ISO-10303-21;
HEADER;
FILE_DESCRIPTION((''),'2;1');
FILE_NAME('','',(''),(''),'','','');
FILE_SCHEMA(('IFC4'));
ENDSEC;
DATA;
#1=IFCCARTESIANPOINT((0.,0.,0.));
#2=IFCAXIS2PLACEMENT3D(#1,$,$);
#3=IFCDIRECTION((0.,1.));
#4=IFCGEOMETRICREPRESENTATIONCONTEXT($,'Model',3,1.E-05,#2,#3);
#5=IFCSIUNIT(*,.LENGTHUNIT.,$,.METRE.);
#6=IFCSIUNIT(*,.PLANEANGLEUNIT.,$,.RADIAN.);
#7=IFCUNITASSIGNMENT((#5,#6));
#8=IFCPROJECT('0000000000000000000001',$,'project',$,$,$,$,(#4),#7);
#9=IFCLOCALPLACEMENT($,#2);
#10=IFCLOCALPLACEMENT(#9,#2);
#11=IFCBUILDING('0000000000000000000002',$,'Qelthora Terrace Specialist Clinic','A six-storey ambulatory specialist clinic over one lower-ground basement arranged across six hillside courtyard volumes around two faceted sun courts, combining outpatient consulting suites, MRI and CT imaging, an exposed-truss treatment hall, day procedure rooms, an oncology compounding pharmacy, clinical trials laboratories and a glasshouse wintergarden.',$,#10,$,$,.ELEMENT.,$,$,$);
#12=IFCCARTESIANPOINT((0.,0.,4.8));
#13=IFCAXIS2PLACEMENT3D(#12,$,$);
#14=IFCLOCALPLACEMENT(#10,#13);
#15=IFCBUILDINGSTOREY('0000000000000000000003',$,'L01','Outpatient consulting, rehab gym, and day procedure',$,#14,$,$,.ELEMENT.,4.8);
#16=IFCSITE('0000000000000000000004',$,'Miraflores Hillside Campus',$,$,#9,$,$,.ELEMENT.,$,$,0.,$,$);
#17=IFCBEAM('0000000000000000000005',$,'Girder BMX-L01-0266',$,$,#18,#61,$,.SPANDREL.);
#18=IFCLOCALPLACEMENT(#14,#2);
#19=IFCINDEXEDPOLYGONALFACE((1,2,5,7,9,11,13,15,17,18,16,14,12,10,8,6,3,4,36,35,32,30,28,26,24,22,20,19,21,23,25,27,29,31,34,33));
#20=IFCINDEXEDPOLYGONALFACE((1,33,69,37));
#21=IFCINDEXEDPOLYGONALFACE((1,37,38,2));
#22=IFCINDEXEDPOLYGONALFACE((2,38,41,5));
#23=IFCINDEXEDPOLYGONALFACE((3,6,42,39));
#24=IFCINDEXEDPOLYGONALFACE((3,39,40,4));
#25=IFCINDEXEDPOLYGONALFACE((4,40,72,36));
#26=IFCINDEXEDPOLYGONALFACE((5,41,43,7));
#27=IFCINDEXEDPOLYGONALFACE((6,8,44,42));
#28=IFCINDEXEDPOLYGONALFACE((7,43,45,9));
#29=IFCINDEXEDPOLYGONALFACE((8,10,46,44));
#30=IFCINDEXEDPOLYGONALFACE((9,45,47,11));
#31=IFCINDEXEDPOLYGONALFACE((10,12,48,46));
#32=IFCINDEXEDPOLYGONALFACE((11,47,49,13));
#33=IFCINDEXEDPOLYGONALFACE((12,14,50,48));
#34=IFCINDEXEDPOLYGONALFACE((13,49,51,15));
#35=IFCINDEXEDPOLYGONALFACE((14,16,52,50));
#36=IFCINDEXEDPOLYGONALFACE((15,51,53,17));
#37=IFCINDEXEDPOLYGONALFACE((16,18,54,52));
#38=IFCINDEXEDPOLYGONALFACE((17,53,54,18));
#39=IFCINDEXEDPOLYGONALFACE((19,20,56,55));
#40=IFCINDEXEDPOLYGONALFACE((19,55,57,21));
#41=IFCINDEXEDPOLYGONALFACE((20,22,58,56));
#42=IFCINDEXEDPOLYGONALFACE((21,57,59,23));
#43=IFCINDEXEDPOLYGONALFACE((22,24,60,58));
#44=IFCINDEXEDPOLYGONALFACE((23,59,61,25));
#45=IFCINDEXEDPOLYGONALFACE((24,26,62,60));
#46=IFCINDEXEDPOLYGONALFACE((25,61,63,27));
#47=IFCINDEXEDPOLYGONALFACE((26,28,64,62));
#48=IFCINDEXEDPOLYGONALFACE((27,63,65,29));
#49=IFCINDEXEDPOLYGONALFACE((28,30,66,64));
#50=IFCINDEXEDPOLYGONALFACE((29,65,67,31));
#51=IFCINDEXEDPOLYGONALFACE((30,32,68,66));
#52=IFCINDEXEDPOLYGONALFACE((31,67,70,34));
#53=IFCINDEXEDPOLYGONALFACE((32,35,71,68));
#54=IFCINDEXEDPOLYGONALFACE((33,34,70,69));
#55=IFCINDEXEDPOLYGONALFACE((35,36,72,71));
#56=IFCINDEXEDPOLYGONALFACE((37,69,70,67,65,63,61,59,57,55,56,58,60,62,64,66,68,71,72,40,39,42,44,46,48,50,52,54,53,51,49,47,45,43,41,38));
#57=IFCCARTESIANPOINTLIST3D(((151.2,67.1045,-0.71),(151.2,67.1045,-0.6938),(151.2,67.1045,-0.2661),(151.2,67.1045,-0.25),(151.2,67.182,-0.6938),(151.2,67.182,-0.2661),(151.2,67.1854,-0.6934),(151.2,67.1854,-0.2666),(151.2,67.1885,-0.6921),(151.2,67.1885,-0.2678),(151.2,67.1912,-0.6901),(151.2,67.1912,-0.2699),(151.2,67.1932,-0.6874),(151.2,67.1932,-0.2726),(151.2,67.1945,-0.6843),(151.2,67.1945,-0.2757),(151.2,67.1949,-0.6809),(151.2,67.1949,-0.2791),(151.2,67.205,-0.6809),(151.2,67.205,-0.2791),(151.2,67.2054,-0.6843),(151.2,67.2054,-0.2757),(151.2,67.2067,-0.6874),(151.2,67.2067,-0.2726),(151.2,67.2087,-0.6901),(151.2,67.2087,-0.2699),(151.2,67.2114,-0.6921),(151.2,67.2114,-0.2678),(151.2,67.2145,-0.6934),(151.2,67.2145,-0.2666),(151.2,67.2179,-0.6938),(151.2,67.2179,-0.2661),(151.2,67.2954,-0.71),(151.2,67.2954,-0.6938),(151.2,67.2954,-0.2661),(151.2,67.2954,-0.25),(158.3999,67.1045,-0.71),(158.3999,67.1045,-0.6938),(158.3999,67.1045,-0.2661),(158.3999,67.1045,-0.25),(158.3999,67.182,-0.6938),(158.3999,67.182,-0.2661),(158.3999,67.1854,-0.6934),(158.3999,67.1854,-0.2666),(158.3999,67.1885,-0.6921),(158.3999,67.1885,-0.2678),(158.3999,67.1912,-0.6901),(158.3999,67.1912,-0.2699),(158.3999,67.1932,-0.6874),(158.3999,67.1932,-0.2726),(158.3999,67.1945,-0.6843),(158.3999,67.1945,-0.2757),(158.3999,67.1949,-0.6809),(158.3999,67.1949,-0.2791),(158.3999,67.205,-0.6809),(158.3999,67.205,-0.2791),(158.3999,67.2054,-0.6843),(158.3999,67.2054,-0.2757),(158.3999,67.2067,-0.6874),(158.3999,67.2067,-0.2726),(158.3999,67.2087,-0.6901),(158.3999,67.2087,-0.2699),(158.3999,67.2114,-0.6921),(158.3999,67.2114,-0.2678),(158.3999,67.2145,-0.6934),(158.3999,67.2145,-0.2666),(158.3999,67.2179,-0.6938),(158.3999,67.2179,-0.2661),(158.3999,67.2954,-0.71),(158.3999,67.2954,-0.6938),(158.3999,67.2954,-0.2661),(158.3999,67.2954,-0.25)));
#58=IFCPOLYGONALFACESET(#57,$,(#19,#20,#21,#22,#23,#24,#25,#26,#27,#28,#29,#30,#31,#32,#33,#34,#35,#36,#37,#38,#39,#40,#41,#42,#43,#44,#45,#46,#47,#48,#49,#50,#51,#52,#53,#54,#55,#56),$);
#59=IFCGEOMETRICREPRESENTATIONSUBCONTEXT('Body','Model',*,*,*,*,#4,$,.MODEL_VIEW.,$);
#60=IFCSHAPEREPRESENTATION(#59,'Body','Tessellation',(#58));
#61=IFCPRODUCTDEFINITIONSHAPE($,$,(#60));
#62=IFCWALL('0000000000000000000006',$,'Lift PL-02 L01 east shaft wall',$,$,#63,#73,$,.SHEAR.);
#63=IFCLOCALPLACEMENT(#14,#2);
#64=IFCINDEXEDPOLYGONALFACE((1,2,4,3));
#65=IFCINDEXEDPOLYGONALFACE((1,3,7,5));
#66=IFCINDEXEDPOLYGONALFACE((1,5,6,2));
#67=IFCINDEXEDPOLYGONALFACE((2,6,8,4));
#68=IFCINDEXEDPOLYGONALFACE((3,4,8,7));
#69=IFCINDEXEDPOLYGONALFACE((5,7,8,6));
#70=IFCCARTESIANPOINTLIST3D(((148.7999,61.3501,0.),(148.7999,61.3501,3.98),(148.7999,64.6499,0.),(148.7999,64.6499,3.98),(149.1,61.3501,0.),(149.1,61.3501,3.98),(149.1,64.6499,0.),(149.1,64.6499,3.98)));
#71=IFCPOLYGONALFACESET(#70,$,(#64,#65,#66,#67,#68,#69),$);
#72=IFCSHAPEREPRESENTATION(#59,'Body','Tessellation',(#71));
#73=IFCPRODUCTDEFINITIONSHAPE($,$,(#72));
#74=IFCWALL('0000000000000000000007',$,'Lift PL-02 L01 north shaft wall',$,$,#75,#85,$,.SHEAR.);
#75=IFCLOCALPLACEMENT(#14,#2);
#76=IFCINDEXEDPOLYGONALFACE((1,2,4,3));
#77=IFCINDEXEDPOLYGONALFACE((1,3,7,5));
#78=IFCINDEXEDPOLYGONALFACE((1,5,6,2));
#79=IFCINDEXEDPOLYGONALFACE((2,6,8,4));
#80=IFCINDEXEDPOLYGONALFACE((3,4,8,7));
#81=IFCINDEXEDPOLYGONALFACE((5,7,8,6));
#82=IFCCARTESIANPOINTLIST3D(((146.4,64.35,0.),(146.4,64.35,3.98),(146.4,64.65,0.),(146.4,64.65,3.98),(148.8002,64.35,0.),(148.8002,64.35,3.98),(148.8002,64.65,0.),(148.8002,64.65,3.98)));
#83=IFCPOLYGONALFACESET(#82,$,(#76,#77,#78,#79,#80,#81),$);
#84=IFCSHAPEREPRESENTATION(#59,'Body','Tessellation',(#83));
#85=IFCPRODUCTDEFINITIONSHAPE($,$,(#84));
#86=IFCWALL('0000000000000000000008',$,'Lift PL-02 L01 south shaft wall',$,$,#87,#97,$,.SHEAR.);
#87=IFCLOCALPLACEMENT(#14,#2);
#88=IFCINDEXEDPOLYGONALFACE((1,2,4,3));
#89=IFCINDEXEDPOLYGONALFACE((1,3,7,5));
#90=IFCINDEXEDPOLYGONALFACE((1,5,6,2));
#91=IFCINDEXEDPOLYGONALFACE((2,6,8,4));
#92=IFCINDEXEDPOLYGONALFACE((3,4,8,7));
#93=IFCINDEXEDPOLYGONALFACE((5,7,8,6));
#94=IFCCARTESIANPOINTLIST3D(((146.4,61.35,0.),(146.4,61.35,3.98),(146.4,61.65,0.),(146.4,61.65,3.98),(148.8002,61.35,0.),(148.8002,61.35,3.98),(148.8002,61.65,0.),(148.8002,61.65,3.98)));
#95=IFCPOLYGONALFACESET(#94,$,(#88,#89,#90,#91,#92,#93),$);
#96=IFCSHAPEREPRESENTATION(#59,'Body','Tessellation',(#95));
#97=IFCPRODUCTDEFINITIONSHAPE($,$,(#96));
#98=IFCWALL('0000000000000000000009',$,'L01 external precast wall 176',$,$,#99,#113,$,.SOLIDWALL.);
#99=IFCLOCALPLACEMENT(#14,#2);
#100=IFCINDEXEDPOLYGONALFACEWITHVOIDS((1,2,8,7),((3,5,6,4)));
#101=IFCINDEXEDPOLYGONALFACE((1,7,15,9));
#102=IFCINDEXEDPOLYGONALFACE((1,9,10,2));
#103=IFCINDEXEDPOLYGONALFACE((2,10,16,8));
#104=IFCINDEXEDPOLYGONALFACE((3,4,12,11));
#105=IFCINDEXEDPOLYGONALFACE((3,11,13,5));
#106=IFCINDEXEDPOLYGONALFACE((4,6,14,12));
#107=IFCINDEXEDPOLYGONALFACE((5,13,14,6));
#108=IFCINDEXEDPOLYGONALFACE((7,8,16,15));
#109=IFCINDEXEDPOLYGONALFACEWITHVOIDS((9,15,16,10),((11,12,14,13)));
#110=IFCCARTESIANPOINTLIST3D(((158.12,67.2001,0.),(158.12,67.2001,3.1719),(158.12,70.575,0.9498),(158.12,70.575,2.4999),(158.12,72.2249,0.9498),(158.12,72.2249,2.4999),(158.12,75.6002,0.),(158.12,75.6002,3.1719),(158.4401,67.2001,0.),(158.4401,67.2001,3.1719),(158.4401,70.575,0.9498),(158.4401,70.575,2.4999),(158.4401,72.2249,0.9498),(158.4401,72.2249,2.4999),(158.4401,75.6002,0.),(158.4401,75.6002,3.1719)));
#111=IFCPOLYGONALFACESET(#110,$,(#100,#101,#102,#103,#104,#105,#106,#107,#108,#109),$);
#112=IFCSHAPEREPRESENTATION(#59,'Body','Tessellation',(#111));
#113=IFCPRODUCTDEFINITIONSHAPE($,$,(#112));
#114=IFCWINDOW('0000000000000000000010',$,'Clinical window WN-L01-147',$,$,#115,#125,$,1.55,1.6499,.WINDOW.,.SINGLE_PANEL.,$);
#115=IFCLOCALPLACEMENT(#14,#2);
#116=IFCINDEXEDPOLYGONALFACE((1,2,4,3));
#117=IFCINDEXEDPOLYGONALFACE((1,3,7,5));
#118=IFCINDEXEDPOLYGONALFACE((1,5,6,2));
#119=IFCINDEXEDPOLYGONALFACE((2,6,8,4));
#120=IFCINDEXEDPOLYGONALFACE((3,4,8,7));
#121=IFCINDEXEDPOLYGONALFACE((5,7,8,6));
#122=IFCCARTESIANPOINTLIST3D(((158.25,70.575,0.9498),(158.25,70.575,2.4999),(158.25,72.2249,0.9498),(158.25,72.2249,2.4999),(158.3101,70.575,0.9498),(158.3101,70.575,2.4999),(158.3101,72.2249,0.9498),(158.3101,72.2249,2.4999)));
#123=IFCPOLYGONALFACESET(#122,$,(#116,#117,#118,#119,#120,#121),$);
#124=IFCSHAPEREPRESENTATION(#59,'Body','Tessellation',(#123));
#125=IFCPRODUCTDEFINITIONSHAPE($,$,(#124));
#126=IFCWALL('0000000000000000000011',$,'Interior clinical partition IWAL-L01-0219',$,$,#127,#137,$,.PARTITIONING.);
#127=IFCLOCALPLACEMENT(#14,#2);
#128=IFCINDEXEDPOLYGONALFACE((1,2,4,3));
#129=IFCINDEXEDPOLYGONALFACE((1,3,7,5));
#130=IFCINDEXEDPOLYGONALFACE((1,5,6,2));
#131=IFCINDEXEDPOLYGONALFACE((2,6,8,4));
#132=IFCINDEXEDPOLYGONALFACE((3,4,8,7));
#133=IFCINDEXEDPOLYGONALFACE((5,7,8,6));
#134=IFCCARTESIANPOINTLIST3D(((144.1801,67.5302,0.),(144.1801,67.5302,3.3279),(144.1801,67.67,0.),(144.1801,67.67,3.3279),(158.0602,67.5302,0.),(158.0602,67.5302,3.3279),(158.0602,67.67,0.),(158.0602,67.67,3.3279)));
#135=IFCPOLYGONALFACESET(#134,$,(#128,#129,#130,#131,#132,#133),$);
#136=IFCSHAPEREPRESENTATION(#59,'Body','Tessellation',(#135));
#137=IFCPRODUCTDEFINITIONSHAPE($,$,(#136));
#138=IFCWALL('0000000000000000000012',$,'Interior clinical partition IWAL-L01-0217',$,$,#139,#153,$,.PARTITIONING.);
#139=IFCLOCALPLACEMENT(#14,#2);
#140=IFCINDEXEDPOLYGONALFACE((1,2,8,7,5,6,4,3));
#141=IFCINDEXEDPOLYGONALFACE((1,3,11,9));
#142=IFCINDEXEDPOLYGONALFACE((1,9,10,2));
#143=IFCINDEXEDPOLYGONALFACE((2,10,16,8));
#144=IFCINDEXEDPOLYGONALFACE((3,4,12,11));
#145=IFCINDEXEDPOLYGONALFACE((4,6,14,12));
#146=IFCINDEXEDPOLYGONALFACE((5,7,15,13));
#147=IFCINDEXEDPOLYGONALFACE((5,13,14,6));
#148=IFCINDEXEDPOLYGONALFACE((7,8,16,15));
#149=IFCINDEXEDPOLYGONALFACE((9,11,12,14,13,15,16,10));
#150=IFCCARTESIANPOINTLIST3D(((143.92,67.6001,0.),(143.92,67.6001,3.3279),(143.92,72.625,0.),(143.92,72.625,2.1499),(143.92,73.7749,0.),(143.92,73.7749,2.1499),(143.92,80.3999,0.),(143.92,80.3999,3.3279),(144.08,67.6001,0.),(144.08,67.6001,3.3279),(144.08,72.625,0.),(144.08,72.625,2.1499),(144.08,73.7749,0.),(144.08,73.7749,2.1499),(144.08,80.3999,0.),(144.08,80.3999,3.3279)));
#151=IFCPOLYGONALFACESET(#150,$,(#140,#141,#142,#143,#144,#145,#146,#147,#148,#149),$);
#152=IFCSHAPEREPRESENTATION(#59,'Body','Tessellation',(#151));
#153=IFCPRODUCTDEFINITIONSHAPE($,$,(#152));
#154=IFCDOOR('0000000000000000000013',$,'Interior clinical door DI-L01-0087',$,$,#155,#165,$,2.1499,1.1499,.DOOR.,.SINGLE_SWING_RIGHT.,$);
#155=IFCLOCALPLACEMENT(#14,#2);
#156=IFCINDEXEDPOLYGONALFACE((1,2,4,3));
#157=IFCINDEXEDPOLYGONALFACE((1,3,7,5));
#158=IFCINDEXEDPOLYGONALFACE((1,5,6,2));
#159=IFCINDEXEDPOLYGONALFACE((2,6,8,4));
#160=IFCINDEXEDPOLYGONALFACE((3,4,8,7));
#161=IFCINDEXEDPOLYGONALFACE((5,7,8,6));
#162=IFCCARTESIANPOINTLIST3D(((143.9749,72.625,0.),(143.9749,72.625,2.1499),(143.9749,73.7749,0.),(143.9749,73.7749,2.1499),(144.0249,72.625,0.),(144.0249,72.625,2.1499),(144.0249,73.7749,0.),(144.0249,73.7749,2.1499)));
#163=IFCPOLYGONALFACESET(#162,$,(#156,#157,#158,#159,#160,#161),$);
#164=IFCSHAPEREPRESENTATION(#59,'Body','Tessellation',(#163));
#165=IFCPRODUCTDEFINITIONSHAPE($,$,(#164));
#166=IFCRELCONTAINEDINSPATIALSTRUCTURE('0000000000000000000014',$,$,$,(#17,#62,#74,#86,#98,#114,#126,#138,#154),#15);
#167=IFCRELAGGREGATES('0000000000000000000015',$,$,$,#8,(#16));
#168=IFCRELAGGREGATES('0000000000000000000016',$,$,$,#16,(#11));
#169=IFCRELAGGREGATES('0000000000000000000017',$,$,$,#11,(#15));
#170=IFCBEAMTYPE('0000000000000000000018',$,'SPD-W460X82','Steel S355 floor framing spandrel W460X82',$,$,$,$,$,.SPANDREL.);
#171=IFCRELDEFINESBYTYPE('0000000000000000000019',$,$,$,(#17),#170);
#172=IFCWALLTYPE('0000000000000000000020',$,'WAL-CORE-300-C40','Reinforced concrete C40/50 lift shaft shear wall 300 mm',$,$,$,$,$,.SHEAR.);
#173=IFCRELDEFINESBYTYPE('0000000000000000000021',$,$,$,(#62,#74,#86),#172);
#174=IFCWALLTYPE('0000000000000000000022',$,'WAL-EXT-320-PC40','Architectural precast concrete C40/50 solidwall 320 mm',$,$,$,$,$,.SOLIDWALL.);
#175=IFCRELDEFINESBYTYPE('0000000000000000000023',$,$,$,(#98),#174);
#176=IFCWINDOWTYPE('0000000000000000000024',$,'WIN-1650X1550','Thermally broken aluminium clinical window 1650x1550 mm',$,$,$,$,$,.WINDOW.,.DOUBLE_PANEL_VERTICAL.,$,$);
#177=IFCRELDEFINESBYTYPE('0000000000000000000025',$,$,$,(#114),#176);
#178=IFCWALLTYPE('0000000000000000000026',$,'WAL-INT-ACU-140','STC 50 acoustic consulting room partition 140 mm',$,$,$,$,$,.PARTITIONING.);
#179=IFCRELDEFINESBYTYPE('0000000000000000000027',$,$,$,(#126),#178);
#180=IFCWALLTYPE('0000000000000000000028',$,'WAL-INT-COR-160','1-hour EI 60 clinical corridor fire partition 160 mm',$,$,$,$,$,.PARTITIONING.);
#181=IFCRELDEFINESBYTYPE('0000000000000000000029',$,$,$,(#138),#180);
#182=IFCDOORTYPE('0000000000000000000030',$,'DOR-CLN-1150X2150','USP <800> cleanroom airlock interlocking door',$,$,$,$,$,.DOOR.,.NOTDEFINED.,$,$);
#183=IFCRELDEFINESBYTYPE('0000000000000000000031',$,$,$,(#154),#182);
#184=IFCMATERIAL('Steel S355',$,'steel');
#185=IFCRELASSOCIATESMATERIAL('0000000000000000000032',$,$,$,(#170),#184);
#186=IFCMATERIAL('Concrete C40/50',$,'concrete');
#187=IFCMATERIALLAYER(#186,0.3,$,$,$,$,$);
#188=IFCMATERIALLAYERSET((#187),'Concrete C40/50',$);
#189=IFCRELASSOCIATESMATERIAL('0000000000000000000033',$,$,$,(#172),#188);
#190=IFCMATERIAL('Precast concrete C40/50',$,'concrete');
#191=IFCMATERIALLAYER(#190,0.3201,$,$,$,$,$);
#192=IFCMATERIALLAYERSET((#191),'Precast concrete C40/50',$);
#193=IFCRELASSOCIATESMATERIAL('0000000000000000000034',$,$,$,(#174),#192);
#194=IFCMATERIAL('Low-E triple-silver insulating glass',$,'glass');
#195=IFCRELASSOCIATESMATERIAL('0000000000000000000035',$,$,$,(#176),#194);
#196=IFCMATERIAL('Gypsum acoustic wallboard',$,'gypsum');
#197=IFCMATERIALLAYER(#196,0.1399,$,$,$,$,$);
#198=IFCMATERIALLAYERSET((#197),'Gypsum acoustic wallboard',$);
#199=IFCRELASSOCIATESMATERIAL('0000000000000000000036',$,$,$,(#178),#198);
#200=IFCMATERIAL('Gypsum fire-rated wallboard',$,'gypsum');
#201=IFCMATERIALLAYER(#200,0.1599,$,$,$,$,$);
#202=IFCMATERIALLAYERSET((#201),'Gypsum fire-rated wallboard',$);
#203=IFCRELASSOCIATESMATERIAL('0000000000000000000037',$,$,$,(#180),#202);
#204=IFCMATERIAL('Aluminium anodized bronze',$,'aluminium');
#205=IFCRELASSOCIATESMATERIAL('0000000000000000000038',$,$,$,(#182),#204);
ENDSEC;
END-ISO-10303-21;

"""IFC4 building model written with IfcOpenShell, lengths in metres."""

from ifc_helpers import new_model, si_unit, direction, frame, frame_2d, origin, origin_2d, place, context, subcontext, project, spatial, rectangle, i_section, extrude, material, layer, layer_set, material_profile, profile_set, type_object, element, fill, save


model = new_model("IFC4")

# Units and contexts
model_context = context("Model", 3, precision=1e-05, world=origin(), true_north=direction((0.0, 1.0)))
body_context = subcontext(model_context, "Body", "Model", "MODEL_VIEW")
ifc_project = project(units=[si_unit("LENGTHUNIT", "METRE"), si_unit("PLANEANGLEUNIT", "RADIAN")], contexts=[model_context])

# Site, building, storey
site_placement = place(None, origin())
site = spatial("IfcSite", under=ifc_project, at=site_placement, Name="Miraflores Hillside Campus", CompositionType="ELEMENT", RefElevation=0.0)
building_placement = place(site_placement, origin())
building = spatial("IfcBuilding", under=site, at=building_placement, Name="Qelthora Terrace Specialist Clinic", Description="A six-storey ambulatory specialist clinic over one lower-ground basement arranged across six hillside courtyard volumes around two faceted sun courts, combining outpatient consulting suites, MRI and CT imaging, an exposed-truss treatment hall, day procedure rooms, an oncology compounding pharmacy, clinical trials laboratories and a glasshouse wintergarden.", CompositionType="ELEMENT")
storey_placement = place(building_placement, frame((0.0, 0.0, 4.8)))
storey = spatial("IfcBuildingStorey", under=building, at=storey_placement, Name="L01", Description="Outpatient consulting, rehab gym, and day procedure", CompositionType="ELEMENT", Elevation=4.8)

# Shared definitions
ifc_material_1 = material(Name="Steel S355", Category="steel")

# Beam
ifc_material_profile_1 = material_profile(ifc_material_1, i_section(OverallWidth=0.1909, OverallDepth=0.46, WebThickness=0.01, FlangeThickness=0.0161, FilletRadius=0.0129, at=origin_2d()), Name="W460X82")
ifc_profile_set_1 = profile_set([ifc_material_profile_1], Name="Steel S355")
beam_type_1 = type_object("IfcBeamType", Name="SPD-W460X82", Description="Steel S355 floor framing spandrel W460X82", PredefinedType="SPANDREL", material=ifc_profile_set_1)
beam_1_placement = place(storey_placement, frame((151.2, 67.2, -0.48), z_axis=(1.0, 0.0, 0.0), x_axis=(0.0, 1.0, 0.0)))
element("IfcBeam", 1, at=beam_1_placement, inside=storey, type_object=beam_type_1, Name="Girder BMX-L01-0266", PredefinedType="SPANDREL", context=body_context, shape_type="SweptSolid", body=[
    extrude(i_section(OverallWidth=0.1909, OverallDepth=0.46, WebThickness=0.01, FlangeThickness=0.0161, FilletRadius=0.0129, at=origin_2d()), origin(), (0.0, 0.0, 1.0), 7.2),
])

# Shared definitions
ifc_material_2 = material(Name="Concrete C40/50", Category="concrete")
ifc_layer_1 = layer(ifc_material_2, 0.3)
ifc_layer_set_1 = layer_set([ifc_layer_1], Name="Concrete C40/50")
wall_type_1 = type_object("IfcWallType", Name="WAL-CORE-300-C40", Description="Reinforced concrete C40/50 lift shaft shear wall 300 mm", PredefinedType="SHEAR", material=ifc_layer_set_1)

# Walls
wall_1_placement = place(storey_placement, frame((148.95, 61.3501, 0.0), z_axis=(0.0, 0.0, 1.0), x_axis=(0.0, 1.0, 0.0)))
element("IfcWall", 2, at=wall_1_placement, inside=storey, type_object=wall_type_1, Name="Lift PL-02 L01 east shaft wall", PredefinedType="SHEAR", context=body_context, shape_type="SweptSolid", body=[
    extrude(rectangle(XDim=3.2998, YDim=0.3, at=frame_2d((1.6499, 0.0))), origin(), (0.0, 0.0, 1.0), 3.98),
])
for number, where, z_axis, x_axis, name in (
    (3, (146.3999, 64.5, 0.0), (0.0, 0.0, 1.0), (1.0, 0.0, 0.0), "Lift PL-02 L01 north shaft wall"),
    (4, (146.3999, 61.5, 0.0), (0.0, 0.0, 1.0), (1.0, 0.0, 0.0), "Lift PL-02 L01 south shaft wall"),
):
    element("IfcWall", number, at=place(storey_placement, frame(where, z_axis=z_axis, x_axis=x_axis)), inside=storey, type_object=wall_type_1, Name=name, PredefinedType="SHEAR", context=body_context, shape_type="SweptSolid", body=[
        extrude(rectangle(XDim=2.4001, YDim=0.3, at=frame_2d((1.2002, 0.0))), origin(), (0.0, 0.0, 1.0), 3.98),
    ])

# Wall, opening, window
ifc_material_3 = material(Name="Precast concrete C40/50", Category="concrete")
ifc_layer_2 = layer(ifc_material_3, 0.3201)
ifc_layer_set_2 = layer_set([ifc_layer_2], Name="Precast concrete C40/50")
wall_type_2 = type_object("IfcWallType", Name="WAL-EXT-320-PC40", Description="Architectural precast concrete C40/50 solidwall 320 mm", PredefinedType="SOLIDWALL", material=ifc_layer_set_2)
wall_2_placement = place(storey_placement, frame((158.28, 67.2, 0.0), z_axis=(0.0, 0.0, 1.0), x_axis=(0.0, 1.0, 0.0)))
wall_2 = element("IfcWall", 5, at=wall_2_placement, inside=storey, type_object=wall_type_2, Name="L01 external precast wall 176", PredefinedType="SOLIDWALL", context=body_context, shape_type="SweptSolid", body=[
    extrude(rectangle(XDim=8.4001, YDim=0.3201, at=frame_2d((4.2002, 0.0))), origin(), (0.0, 0.0, 1.0), 3.1719),
])
opening_1_placement = place(wall_2_placement, frame((3.375, 0.0, 0.95)))
opening_1 = element("IfcOpeningElement", 6, at=opening_1_placement, cuts=wall_2, PredefinedType="OPENING", context=body_context, shape_type="SweptSolid", body=[
    extrude(rectangle(XDim=1.6499, YDim=1.55, at=frame_2d((0.825, 0.7749))), frame((0.0, 0.1699, 0.0), z_axis=(0.0, -1.0, 0.0), x_axis=(1.0, 0.0, 0.0)), (0.0, 0.0, 1.0), 0.3401),
])
ifc_material_4 = material(Name="Low-E triple-silver insulating glass", Category="glass")
window_type = type_object("IfcWindowType", Name="WIN-1650X1550", Description="Thermally broken aluminium clinical window 1650x1550 mm", PartitioningType="DOUBLE_PANEL_VERTICAL", PredefinedType="WINDOW", material=ifc_material_4)
window_placement = place(opening_1_placement, origin())
window = element("IfcWindow", 7, at=window_placement, inside=storey, type_object=window_type, Name="Clinical window WN-L01-147", OverallHeight=1.55, OverallWidth=1.6499, PartitioningType="SINGLE_PANEL", PredefinedType="WINDOW", context=body_context, shape_type="SweptSolid", body=[
    extrude(rectangle(XDim=1.6499, YDim=1.55, at=frame_2d((0.825, 0.7749))), frame((0.0, 0.03, 0.0), z_axis=(0.0, -1.0, 0.0), x_axis=(1.0, 0.0, 0.0)), (0.0, 0.0, 1.0), 0.0601),
])
fill(opening_1, window)

# Wall
ifc_material_5 = material(Name="Gypsum acoustic wallboard", Category="gypsum")
ifc_layer_3 = layer(ifc_material_5, 0.1399)
ifc_layer_set_3 = layer_set([ifc_layer_3], Name="Gypsum acoustic wallboard")
wall_type_3 = type_object("IfcWallType", Name="WAL-INT-ACU-140", Description="STC 50 acoustic consulting room partition 140 mm", PredefinedType="PARTITIONING", material=ifc_layer_set_3)
wall_3_placement = place(storey_placement, frame((158.0601, 67.6001, 0.0), z_axis=(0.0, 0.0, 1.0), x_axis=(-1.0, 0.0, 0.0)))
element("IfcWall", 8, at=wall_3_placement, inside=storey, type_object=wall_type_3, Name="Interior clinical partition IWAL-L01-0219", PredefinedType="PARTITIONING", context=body_context, shape_type="SweptSolid", body=[
    extrude(rectangle(XDim=13.8801, YDim=0.1399, at=frame_2d((6.9399, 0.0))), origin(), (0.0, 0.0, 1.0), 3.3279),
])

# Wall, opening, door
ifc_material_6 = material(Name="Gypsum fire-rated wallboard", Category="gypsum")
ifc_layer_4 = layer(ifc_material_6, 0.1599)
ifc_layer_set_4 = layer_set([ifc_layer_4], Name="Gypsum fire-rated wallboard")
wall_type_4 = type_object("IfcWallType", Name="WAL-INT-COR-160", Description="1-hour EI 60 clinical corridor fire partition 160 mm", PredefinedType="PARTITIONING", material=ifc_layer_set_4)
wall_4_placement = place(storey_placement, frame((144.0, 67.6001, 0.0), z_axis=(0.0, 0.0, 1.0), x_axis=(0.0, 1.0, 0.0)))
wall_4 = element("IfcWall", 9, at=wall_4_placement, inside=storey, type_object=wall_type_4, Name="Interior clinical partition IWAL-L01-0217", PredefinedType="PARTITIONING", context=body_context, shape_type="SweptSolid", body=[
    extrude(rectangle(XDim=12.7998, YDim=0.1599, at=frame_2d((6.3999, 0.0))), origin(), (0.0, 0.0, 1.0), 3.3279),
])
opening_2_placement = place(wall_4_placement, frame((5.0249, 0.0, 0.0)))
opening_2 = element("IfcOpeningElement", 10, at=opening_2_placement, cuts=wall_4, PredefinedType="OPENING", context=body_context, shape_type="SweptSolid", body=[
    extrude(rectangle(XDim=1.1499, YDim=2.1499, at=frame_2d((0.575, 1.075))), frame((0.0, 0.0898, 0.0), z_axis=(0.0, -1.0, 0.0), x_axis=(1.0, 0.0, 0.0)), (0.0, 0.0, 1.0), 0.1799),
])
ifc_material_7 = material(Name="Aluminium anodized bronze", Category="aluminium")
door_type_1 = type_object("IfcDoorType", Name="DOR-CLN-1150X2150", Description="USP <800> cleanroom airlock interlocking door", OperationType="NOTDEFINED", PredefinedType="DOOR", material=ifc_material_7)
door_1_placement = place(opening_2_placement, frame((1.1499, 0.0, 0.0), z_axis=(0.0, 0.0, 1.0), x_axis=(-1.0, 0.0, 0.0)))
door_1 = element("IfcDoor", 11, at=door_1_placement, inside=storey, type_object=door_type_1, Name="Interior clinical door DI-L01-0087", OperationType="SINGLE_SWING_RIGHT", OverallHeight=2.1499, OverallWidth=1.1499, PredefinedType="DOOR", context=body_context, shape_type="SweptSolid", body=[
    extrude(rectangle(XDim=1.1499, YDim=2.1499, at=frame_2d((0.575, 1.075))), frame((0.0, 0.0249, 0.0), z_axis=(0.0, -1.0, 0.0), x_axis=(1.0, 0.0, 0.0)), (0.0, 0.0, 1.0), 0.05),
])
fill(opening_2, door_1)

save(model, "model.ifc")
